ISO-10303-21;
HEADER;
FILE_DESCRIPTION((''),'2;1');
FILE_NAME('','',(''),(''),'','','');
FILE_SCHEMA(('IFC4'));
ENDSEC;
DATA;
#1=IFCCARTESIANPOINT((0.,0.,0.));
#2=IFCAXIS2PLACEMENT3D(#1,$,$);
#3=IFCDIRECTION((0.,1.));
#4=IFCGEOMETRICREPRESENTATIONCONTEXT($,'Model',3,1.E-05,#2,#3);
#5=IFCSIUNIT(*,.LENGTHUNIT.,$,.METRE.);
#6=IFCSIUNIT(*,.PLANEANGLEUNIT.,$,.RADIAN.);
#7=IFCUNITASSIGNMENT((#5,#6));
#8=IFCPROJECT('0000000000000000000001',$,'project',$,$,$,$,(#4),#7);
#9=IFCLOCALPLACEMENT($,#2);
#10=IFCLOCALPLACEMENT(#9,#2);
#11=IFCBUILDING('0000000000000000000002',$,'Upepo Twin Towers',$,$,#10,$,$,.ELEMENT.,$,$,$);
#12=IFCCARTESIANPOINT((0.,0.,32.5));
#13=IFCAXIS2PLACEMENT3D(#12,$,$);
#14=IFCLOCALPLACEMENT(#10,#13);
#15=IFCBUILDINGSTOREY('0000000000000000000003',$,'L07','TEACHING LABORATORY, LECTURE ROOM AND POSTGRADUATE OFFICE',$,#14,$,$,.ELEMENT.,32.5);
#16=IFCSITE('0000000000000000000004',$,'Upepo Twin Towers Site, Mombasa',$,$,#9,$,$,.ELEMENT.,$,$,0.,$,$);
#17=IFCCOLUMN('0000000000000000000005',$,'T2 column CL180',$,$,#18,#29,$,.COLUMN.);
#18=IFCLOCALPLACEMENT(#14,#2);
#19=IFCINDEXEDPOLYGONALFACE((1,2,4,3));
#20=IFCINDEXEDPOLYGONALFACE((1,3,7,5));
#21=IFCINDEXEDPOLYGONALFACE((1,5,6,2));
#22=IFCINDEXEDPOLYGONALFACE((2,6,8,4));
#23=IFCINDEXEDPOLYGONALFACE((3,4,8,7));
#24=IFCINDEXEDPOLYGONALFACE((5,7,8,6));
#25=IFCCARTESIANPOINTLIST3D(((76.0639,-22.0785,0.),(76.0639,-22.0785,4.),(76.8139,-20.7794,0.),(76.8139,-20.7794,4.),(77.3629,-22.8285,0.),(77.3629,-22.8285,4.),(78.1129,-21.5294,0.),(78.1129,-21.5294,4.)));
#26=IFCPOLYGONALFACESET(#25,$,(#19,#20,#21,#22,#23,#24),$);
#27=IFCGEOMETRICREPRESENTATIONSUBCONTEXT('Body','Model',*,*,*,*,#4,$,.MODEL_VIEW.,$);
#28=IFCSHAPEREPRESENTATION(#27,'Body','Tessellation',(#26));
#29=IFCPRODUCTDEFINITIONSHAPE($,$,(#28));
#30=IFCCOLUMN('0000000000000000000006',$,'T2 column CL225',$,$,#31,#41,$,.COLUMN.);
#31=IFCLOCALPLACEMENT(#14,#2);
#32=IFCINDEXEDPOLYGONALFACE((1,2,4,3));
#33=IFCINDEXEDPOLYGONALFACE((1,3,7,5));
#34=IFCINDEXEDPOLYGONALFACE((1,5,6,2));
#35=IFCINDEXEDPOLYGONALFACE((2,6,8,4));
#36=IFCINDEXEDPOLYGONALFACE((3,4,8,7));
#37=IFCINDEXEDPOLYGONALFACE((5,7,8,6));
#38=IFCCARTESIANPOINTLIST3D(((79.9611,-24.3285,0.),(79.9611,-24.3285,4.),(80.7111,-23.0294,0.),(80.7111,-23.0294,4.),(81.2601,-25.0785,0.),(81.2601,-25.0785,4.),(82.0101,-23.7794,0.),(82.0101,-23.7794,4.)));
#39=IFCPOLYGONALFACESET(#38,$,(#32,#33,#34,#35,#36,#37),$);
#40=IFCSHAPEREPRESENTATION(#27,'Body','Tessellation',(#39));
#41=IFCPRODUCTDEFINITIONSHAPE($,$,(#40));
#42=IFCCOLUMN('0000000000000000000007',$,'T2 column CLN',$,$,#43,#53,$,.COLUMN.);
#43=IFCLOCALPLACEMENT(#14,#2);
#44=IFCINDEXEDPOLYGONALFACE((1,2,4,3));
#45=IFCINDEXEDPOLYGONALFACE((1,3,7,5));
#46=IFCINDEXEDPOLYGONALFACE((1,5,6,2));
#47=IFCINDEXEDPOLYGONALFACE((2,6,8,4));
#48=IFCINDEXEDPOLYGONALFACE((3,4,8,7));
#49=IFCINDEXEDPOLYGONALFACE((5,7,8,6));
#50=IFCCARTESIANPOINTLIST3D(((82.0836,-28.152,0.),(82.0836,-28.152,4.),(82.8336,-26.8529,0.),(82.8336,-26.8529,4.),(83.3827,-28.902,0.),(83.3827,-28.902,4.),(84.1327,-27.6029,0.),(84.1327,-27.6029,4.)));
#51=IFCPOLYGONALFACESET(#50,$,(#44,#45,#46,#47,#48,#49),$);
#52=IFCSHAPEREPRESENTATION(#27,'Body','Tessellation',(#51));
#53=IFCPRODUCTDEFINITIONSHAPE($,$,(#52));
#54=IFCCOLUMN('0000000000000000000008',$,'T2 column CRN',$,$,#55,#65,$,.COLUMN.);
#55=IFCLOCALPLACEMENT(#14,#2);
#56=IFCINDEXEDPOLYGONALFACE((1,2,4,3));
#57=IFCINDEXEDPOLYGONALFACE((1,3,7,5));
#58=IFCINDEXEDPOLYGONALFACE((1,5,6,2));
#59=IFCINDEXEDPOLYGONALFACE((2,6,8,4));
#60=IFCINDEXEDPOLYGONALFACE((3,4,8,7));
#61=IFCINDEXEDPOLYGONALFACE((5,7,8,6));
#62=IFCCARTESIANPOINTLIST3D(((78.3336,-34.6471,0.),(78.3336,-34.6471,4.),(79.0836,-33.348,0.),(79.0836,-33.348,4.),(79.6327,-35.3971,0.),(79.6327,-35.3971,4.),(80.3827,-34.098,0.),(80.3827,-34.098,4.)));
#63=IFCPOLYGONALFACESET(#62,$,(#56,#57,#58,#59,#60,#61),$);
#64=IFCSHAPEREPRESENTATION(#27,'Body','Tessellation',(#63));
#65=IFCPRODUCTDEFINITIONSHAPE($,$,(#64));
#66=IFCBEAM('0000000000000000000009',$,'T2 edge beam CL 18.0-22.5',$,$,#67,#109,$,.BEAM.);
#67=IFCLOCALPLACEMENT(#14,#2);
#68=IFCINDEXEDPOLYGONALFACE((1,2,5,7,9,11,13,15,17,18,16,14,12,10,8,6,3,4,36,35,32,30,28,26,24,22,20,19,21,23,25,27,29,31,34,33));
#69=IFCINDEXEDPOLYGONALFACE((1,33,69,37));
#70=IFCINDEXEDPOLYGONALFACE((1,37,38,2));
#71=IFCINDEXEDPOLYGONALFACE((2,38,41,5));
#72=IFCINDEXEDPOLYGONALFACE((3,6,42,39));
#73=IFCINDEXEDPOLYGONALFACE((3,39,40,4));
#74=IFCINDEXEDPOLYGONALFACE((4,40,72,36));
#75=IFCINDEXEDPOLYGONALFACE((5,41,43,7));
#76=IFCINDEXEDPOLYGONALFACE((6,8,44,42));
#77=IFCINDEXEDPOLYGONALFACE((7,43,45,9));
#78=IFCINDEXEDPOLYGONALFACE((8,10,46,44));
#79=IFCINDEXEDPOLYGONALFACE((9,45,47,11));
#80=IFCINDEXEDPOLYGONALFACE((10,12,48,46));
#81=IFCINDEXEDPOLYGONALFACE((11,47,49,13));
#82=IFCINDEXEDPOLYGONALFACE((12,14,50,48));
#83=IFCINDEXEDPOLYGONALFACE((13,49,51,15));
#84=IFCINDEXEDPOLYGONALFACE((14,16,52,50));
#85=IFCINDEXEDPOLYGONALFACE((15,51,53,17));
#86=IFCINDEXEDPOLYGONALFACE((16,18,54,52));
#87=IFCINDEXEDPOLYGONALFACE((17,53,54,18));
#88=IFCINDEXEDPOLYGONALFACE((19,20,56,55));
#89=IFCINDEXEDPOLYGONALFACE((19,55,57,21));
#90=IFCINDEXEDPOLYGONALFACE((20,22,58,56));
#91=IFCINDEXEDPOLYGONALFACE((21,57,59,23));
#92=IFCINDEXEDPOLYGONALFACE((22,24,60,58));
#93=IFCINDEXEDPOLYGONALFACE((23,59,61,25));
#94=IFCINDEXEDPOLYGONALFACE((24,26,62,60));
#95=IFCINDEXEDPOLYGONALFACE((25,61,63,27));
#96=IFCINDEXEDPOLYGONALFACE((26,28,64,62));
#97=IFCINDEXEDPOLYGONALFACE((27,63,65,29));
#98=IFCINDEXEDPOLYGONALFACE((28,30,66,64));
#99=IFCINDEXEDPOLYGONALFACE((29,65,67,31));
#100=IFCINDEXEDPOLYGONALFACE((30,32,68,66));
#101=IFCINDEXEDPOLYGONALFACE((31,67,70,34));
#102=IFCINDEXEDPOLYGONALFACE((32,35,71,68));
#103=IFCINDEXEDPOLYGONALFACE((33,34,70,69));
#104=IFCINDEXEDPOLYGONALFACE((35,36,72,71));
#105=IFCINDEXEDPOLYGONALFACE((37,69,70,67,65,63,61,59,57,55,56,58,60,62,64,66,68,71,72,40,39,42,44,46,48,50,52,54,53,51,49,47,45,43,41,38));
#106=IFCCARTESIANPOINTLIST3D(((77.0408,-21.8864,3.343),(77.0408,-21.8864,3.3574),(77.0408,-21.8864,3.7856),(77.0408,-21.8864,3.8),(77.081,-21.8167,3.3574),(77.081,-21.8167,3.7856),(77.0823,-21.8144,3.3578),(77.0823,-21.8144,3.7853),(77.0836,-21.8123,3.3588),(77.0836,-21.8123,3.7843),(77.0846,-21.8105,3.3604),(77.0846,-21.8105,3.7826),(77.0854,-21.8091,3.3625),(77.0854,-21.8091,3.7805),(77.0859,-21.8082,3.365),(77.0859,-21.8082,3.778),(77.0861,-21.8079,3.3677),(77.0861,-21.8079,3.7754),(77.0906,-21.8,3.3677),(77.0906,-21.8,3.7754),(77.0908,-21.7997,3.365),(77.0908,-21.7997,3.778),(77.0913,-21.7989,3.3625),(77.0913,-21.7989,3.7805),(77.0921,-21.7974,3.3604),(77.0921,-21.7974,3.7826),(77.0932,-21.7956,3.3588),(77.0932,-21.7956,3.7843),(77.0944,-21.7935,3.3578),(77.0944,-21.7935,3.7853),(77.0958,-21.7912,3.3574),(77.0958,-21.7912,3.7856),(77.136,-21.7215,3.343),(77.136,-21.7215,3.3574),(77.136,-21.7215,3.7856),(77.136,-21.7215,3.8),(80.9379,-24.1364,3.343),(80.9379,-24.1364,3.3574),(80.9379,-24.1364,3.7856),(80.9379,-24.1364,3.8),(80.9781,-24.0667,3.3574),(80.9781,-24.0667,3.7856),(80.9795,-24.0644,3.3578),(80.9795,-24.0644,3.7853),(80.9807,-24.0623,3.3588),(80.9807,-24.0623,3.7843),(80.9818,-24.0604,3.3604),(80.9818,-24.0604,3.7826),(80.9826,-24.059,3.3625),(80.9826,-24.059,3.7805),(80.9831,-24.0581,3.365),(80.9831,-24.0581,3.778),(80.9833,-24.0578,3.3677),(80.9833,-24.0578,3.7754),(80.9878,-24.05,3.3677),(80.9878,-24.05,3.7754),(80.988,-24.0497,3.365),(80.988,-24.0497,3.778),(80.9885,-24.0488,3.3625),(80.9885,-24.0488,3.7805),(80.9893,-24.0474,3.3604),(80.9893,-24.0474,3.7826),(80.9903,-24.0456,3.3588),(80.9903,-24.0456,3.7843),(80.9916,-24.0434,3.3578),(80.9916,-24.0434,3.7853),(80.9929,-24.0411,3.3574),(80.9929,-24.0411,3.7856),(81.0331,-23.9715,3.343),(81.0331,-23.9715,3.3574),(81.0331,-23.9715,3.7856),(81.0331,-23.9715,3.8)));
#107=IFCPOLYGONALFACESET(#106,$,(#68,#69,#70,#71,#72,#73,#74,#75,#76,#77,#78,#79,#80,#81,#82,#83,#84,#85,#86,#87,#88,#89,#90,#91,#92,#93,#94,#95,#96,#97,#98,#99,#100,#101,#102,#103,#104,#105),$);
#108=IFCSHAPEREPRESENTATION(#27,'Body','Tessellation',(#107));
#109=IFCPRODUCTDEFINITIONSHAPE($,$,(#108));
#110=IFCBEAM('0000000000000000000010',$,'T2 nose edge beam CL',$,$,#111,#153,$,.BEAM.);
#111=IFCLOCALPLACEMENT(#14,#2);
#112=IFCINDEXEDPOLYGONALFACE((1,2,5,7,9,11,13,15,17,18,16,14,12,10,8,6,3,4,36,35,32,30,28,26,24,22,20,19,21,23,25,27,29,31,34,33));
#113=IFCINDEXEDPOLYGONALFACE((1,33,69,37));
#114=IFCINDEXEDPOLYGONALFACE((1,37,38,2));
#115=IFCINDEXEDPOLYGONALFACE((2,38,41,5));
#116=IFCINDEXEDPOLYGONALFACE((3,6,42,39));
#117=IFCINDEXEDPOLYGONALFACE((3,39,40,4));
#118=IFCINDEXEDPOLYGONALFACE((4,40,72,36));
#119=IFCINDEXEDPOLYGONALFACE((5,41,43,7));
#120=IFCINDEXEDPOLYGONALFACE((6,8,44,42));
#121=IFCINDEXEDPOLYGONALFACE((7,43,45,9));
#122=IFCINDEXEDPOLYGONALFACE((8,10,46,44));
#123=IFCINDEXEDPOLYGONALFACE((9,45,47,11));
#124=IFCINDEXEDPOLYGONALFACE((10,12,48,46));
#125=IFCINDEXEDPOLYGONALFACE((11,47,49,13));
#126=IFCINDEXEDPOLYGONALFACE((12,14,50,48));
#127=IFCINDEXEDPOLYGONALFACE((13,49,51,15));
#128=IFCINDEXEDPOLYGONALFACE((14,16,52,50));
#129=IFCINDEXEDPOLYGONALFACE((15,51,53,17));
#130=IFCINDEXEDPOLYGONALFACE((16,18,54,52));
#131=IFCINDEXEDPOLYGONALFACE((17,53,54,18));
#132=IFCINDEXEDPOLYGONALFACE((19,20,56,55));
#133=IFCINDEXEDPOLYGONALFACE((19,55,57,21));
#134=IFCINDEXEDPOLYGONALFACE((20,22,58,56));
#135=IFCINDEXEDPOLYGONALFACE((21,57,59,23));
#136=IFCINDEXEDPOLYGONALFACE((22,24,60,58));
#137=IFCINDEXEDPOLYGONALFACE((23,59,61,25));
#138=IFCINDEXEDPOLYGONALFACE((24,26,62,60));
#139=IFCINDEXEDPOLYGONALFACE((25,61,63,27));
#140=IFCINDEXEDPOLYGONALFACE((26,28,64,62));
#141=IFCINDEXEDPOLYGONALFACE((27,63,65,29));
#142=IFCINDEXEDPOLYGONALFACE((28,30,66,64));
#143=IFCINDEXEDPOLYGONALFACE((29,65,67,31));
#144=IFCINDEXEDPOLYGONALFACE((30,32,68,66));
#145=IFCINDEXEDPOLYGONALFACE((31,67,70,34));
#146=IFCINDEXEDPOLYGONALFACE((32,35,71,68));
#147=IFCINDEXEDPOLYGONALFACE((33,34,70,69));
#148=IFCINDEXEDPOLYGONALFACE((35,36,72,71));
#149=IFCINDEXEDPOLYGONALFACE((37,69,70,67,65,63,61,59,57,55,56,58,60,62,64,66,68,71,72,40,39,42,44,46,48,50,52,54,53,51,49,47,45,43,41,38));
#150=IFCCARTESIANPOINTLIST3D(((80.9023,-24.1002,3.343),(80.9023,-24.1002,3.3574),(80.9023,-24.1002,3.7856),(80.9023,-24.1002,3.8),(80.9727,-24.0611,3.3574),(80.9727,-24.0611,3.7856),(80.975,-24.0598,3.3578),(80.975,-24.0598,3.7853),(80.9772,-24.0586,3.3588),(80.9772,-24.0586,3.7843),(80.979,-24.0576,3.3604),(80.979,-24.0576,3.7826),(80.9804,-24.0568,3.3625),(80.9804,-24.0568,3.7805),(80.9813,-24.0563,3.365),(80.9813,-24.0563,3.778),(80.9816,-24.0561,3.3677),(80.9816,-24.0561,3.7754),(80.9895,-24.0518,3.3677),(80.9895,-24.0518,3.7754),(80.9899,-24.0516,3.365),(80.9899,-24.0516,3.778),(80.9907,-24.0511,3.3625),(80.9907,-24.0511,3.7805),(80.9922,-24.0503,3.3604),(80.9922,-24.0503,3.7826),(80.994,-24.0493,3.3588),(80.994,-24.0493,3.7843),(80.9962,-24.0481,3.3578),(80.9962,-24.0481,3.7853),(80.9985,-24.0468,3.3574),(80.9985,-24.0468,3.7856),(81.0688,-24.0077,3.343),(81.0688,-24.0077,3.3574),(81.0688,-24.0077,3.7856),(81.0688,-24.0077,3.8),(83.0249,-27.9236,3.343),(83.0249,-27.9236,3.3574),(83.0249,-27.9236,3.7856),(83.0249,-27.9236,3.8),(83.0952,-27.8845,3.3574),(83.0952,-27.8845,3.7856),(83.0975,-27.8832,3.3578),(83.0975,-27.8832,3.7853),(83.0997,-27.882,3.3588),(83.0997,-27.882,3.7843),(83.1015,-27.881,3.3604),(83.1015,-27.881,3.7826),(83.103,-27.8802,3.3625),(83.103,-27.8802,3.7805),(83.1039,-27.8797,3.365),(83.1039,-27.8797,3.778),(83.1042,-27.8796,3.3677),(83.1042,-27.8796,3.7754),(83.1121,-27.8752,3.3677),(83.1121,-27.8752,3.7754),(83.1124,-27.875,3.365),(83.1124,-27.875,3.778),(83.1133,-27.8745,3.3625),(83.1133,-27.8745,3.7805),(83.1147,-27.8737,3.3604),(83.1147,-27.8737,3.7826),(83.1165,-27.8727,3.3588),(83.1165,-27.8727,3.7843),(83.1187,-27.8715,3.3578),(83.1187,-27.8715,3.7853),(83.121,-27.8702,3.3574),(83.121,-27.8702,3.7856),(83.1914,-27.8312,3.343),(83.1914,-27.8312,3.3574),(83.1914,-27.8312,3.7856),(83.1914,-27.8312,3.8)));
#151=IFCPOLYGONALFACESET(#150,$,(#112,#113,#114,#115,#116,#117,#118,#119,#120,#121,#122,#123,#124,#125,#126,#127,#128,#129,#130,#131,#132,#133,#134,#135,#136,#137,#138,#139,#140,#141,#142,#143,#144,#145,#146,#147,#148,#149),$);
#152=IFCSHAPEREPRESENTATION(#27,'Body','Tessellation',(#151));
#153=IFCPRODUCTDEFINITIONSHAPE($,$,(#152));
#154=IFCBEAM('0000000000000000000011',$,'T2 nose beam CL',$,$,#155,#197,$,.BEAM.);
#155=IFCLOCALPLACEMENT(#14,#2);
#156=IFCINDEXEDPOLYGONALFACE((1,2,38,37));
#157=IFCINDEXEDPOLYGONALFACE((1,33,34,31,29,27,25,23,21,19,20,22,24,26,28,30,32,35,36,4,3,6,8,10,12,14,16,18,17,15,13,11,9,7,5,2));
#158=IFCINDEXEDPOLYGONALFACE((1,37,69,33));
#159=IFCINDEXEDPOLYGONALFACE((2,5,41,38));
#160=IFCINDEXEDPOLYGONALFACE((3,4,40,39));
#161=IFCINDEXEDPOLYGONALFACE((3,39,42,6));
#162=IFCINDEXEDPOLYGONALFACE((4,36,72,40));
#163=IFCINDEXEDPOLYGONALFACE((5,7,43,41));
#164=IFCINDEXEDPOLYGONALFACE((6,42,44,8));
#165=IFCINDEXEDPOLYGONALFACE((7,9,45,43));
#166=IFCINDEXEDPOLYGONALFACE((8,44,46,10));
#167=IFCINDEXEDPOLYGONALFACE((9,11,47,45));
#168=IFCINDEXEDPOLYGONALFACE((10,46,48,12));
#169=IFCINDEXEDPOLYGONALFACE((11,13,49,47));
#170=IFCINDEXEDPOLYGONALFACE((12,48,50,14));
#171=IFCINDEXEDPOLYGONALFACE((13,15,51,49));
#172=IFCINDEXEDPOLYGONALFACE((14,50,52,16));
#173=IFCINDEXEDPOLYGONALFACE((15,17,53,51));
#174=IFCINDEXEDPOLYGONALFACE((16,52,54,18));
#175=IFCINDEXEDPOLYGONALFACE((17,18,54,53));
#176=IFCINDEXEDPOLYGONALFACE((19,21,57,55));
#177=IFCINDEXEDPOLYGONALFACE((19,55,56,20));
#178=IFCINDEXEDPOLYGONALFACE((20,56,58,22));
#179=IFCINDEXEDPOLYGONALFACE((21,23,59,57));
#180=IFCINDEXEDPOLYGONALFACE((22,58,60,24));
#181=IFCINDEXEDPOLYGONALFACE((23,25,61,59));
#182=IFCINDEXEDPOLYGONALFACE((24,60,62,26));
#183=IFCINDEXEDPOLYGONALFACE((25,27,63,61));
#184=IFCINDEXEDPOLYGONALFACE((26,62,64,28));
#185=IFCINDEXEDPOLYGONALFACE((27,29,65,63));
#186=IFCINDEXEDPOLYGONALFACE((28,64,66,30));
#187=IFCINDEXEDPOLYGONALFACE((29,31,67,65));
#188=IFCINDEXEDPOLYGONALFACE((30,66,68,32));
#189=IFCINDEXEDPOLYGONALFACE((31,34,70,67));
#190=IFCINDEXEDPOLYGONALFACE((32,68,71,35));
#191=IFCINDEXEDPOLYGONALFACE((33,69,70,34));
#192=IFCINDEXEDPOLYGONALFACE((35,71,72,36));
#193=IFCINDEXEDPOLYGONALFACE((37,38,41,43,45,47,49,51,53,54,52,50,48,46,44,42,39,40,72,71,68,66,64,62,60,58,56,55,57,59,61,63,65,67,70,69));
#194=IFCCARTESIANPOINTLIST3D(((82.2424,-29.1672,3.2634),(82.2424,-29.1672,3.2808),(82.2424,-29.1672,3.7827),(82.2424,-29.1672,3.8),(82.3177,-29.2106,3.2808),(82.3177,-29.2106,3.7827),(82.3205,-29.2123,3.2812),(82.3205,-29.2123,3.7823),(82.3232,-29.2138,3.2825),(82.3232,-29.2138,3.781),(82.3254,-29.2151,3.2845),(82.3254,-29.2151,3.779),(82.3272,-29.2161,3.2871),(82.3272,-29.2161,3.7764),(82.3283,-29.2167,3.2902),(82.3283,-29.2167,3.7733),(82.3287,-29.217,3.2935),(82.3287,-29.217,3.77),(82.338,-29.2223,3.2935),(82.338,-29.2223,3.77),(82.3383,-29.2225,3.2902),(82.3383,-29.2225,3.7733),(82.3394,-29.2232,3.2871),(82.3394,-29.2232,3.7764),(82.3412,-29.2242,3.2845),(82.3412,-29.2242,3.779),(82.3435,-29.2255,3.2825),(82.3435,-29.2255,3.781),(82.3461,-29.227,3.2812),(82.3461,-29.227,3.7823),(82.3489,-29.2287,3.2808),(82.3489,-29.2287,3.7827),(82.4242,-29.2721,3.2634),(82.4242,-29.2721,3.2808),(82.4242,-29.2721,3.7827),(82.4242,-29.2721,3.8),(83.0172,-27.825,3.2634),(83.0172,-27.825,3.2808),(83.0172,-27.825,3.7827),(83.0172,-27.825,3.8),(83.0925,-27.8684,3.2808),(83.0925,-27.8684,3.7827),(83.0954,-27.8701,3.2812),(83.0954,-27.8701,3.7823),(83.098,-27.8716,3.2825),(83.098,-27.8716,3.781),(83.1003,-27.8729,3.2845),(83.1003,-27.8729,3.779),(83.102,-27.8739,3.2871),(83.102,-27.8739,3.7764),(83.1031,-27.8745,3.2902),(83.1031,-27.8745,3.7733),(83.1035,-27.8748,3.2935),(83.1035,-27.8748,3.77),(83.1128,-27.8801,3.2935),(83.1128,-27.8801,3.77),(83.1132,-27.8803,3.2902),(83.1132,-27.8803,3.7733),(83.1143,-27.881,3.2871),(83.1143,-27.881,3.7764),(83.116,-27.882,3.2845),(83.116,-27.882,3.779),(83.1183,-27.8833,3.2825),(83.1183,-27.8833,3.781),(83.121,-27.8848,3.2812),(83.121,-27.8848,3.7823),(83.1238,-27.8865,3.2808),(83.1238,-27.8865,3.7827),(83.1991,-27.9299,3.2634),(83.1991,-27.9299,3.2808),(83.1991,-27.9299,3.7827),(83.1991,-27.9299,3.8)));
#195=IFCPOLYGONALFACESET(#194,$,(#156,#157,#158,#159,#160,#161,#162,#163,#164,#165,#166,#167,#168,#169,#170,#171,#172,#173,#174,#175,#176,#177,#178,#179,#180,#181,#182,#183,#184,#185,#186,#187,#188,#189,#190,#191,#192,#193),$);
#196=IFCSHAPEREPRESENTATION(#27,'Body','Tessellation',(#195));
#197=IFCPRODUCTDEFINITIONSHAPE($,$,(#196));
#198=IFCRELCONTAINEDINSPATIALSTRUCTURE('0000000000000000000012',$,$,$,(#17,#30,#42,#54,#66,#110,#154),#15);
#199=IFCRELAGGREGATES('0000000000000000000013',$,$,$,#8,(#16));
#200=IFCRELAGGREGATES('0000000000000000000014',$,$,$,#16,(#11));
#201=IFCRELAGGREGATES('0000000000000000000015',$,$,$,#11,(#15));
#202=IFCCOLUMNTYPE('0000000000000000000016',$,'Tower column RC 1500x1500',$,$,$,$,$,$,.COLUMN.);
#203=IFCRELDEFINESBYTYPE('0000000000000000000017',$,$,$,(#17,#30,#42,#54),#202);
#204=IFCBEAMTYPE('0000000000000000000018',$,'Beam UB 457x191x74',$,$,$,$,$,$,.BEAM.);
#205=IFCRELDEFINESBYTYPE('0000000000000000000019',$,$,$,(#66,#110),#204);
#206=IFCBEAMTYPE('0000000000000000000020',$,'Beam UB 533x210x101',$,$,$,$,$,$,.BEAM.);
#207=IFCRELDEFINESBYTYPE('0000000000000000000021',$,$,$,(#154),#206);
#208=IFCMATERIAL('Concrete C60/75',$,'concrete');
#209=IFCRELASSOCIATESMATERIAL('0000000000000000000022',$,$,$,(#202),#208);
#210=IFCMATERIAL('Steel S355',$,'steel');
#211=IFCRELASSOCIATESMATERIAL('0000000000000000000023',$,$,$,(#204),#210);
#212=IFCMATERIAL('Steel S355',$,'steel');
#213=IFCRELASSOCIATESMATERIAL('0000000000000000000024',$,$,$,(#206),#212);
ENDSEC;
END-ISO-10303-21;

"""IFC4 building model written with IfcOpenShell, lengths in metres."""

from ifc_helpers import new_model, si_unit, direction, frame, origin, origin_2d, place, context, subcontext, project, spatial, rectangle, i_section, extrude, material, material_profile, profile_set, type_object, element, save


model = new_model("IFC4")

# Units and contexts
model_context = context("Model", 3, precision=1e-05, world=origin(), true_north=direction((0.0, 1.0)))
body_context = subcontext(model_context, "Body", "Model", "MODEL_VIEW")
ifc_project = project(units=[si_unit("LENGTHUNIT", "METRE"), si_unit("PLANEANGLEUNIT", "RADIAN")], contexts=[model_context])

# Site, building, storey
site_placement = place(None, origin())
site = spatial("IfcSite", under=ifc_project, at=site_placement, Name="Upepo Twin Towers Site, Mombasa", CompositionType="ELEMENT", RefElevation=0.0)
building_placement = place(site_placement, origin())
building = spatial("IfcBuilding", under=site, at=building_placement, Name="Upepo Twin Towers", CompositionType="ELEMENT")
storey_placement = place(building_placement, frame((0.0, 0.0, 32.5)))
storey = spatial("IfcBuildingStorey", under=building, at=storey_placement, Name="L07", Description="TEACHING LABORATORY, LECTURE ROOM AND POSTGRADUATE OFFICE", CompositionType="ELEMENT", Elevation=32.5)

# Columns
ifc_material_1 = material(Name="Concrete C60/75", Category="concrete")
ifc_material_profile_1 = material_profile(ifc_material_1, rectangle(XDim=1.5, YDim=1.5, at=origin_2d()), Name="RC 1500x1500")
ifc_profile_set_1 = profile_set([ifc_material_profile_1], Name="Concrete C60/75")
column_type = type_object("IfcColumnType", Name="Tower column RC 1500x1500", PredefinedType="COLUMN", material=ifc_profile_set_1)
for number, where, z_axis, x_axis, name in (
    (1, (77.0884, -21.804, 0.0), (0.0, 0.0, 1.0), (0.5, 0.866025, 0.0), "T2 column CL180"),
    (2, (80.9856, -24.054, 0.0), (0.0, 0.0, 1.0), (0.5, 0.866025, 0.0), "T2 column CL225"),
    (3, (83.1082, -27.8774, 0.0), (0.0, 0.0, 1.0), (0.5, 0.866025, 0.0), "T2 column CLN"),
    (4, (79.3582, -34.3726, 0.0), (0.0, 0.0, 1.0), (0.5, 0.866025, 0.0), "T2 column CRN"),
):
    element("IfcColumn", number, at=place(storey_placement, frame(where, z_axis=z_axis, x_axis=x_axis)), inside=storey, type_object=column_type, Name=name, PredefinedType="COLUMN", context=body_context, shape_type="SweptSolid", body=[
        extrude(rectangle(XDim=1.5, YDim=1.5, at=origin_2d()), origin(), (0.0, 0.0, 1.0), 4.0),
    ])

# Beams
ifc_material_2 = material(Name="Steel S355", Category="steel")
ifc_material_profile_2 = material_profile(ifc_material_2, i_section(OverallWidth=0.1904, OverallDepth=0.457, WebThickness=0.009, FlangeThickness=0.0144, FilletRadius=0.0103, at=origin_2d()), Name="UB 457x191x74")
ifc_profile_set_2 = profile_set([ifc_material_profile_2], Name="Steel S355")
beam_type_1 = type_object("IfcBeamType", Name="Beam UB 457x191x74", PredefinedType="BEAM", material=ifc_profile_set_2)
beam_1_placement = place(storey_placement, frame((77.0884, -21.804, 3.5715), z_axis=(0.866031, -0.49999, 0.0), x_axis=(0.49999, 0.866031, 0.0)))
element("IfcBeam", 5, at=beam_1_placement, inside=storey, type_object=beam_type_1, Name="T2 edge beam CL 18.0-22.5", PredefinedType="BEAM", context=body_context, shape_type="SweptSolid", body=[
    extrude(i_section(OverallWidth=0.1904, OverallDepth=0.457, WebThickness=0.009, FlangeThickness=0.0144, FilletRadius=0.0103, at=origin_2d()), origin(), (0.0, 0.0, 1.0), 4.5),
])
beam_2_placement = place(storey_placement, frame((80.9856, -24.054, 3.5715), z_axis=(0.485363, -0.874313, 0.0), x_axis=(0.874313, 0.485363, 0.0)))
element("IfcBeam", 6, at=beam_2_placement, inside=storey, type_object=beam_type_1, Name="T2 nose edge beam CL", PredefinedType="BEAM", context=body_context, shape_type="SweptSolid", body=[
    extrude(i_section(OverallWidth=0.1904, OverallDepth=0.457, WebThickness=0.009, FlangeThickness=0.0144, FilletRadius=0.0103, at=origin_2d()), origin(), (0.0, 0.0, 1.0), 4.373),
])
ifc_material_3 = material(Name="Steel S355", Category="steel")
ifc_material_profile_3 = material_profile(ifc_material_3, i_section(OverallWidth=0.21, OverallDepth=0.5366, WebThickness=0.0107, FlangeThickness=0.0173, FilletRadius=0.0127, at=origin_2d()), Name="UB 533x210x101")
ifc_profile_set_3 = profile_set([ifc_material_profile_3], Name="Steel S355")
beam_type_2 = type_object("IfcBeamType", Name="Beam UB 533x210x101", PredefinedType="BEAM", material=ifc_profile_set_3)
for number, where, z_axis, x_axis, name in (
    (7, (83.1082, -27.8774, 3.5317), (-0.499968, -0.866044, 0.0), (0.866044, -0.499968, 0.0), "T2 nose beam CL"),
):
    element("IfcBeam", number, at=place(storey_placement, frame(where, z_axis=z_axis, x_axis=x_axis)), inside=storey, type_object=beam_type_2, Name=name, PredefinedType="BEAM", context=body_context, shape_type="SweptSolid", body=[
        extrude(i_section(OverallWidth=0.21, OverallDepth=0.5366, WebThickness=0.0107, FlangeThickness=0.0173, FilletRadius=0.0127, at=origin_2d()), origin(), (0.0, 0.0, 1.0), 1.5498),
    ])

save(model, "model.ifc")
